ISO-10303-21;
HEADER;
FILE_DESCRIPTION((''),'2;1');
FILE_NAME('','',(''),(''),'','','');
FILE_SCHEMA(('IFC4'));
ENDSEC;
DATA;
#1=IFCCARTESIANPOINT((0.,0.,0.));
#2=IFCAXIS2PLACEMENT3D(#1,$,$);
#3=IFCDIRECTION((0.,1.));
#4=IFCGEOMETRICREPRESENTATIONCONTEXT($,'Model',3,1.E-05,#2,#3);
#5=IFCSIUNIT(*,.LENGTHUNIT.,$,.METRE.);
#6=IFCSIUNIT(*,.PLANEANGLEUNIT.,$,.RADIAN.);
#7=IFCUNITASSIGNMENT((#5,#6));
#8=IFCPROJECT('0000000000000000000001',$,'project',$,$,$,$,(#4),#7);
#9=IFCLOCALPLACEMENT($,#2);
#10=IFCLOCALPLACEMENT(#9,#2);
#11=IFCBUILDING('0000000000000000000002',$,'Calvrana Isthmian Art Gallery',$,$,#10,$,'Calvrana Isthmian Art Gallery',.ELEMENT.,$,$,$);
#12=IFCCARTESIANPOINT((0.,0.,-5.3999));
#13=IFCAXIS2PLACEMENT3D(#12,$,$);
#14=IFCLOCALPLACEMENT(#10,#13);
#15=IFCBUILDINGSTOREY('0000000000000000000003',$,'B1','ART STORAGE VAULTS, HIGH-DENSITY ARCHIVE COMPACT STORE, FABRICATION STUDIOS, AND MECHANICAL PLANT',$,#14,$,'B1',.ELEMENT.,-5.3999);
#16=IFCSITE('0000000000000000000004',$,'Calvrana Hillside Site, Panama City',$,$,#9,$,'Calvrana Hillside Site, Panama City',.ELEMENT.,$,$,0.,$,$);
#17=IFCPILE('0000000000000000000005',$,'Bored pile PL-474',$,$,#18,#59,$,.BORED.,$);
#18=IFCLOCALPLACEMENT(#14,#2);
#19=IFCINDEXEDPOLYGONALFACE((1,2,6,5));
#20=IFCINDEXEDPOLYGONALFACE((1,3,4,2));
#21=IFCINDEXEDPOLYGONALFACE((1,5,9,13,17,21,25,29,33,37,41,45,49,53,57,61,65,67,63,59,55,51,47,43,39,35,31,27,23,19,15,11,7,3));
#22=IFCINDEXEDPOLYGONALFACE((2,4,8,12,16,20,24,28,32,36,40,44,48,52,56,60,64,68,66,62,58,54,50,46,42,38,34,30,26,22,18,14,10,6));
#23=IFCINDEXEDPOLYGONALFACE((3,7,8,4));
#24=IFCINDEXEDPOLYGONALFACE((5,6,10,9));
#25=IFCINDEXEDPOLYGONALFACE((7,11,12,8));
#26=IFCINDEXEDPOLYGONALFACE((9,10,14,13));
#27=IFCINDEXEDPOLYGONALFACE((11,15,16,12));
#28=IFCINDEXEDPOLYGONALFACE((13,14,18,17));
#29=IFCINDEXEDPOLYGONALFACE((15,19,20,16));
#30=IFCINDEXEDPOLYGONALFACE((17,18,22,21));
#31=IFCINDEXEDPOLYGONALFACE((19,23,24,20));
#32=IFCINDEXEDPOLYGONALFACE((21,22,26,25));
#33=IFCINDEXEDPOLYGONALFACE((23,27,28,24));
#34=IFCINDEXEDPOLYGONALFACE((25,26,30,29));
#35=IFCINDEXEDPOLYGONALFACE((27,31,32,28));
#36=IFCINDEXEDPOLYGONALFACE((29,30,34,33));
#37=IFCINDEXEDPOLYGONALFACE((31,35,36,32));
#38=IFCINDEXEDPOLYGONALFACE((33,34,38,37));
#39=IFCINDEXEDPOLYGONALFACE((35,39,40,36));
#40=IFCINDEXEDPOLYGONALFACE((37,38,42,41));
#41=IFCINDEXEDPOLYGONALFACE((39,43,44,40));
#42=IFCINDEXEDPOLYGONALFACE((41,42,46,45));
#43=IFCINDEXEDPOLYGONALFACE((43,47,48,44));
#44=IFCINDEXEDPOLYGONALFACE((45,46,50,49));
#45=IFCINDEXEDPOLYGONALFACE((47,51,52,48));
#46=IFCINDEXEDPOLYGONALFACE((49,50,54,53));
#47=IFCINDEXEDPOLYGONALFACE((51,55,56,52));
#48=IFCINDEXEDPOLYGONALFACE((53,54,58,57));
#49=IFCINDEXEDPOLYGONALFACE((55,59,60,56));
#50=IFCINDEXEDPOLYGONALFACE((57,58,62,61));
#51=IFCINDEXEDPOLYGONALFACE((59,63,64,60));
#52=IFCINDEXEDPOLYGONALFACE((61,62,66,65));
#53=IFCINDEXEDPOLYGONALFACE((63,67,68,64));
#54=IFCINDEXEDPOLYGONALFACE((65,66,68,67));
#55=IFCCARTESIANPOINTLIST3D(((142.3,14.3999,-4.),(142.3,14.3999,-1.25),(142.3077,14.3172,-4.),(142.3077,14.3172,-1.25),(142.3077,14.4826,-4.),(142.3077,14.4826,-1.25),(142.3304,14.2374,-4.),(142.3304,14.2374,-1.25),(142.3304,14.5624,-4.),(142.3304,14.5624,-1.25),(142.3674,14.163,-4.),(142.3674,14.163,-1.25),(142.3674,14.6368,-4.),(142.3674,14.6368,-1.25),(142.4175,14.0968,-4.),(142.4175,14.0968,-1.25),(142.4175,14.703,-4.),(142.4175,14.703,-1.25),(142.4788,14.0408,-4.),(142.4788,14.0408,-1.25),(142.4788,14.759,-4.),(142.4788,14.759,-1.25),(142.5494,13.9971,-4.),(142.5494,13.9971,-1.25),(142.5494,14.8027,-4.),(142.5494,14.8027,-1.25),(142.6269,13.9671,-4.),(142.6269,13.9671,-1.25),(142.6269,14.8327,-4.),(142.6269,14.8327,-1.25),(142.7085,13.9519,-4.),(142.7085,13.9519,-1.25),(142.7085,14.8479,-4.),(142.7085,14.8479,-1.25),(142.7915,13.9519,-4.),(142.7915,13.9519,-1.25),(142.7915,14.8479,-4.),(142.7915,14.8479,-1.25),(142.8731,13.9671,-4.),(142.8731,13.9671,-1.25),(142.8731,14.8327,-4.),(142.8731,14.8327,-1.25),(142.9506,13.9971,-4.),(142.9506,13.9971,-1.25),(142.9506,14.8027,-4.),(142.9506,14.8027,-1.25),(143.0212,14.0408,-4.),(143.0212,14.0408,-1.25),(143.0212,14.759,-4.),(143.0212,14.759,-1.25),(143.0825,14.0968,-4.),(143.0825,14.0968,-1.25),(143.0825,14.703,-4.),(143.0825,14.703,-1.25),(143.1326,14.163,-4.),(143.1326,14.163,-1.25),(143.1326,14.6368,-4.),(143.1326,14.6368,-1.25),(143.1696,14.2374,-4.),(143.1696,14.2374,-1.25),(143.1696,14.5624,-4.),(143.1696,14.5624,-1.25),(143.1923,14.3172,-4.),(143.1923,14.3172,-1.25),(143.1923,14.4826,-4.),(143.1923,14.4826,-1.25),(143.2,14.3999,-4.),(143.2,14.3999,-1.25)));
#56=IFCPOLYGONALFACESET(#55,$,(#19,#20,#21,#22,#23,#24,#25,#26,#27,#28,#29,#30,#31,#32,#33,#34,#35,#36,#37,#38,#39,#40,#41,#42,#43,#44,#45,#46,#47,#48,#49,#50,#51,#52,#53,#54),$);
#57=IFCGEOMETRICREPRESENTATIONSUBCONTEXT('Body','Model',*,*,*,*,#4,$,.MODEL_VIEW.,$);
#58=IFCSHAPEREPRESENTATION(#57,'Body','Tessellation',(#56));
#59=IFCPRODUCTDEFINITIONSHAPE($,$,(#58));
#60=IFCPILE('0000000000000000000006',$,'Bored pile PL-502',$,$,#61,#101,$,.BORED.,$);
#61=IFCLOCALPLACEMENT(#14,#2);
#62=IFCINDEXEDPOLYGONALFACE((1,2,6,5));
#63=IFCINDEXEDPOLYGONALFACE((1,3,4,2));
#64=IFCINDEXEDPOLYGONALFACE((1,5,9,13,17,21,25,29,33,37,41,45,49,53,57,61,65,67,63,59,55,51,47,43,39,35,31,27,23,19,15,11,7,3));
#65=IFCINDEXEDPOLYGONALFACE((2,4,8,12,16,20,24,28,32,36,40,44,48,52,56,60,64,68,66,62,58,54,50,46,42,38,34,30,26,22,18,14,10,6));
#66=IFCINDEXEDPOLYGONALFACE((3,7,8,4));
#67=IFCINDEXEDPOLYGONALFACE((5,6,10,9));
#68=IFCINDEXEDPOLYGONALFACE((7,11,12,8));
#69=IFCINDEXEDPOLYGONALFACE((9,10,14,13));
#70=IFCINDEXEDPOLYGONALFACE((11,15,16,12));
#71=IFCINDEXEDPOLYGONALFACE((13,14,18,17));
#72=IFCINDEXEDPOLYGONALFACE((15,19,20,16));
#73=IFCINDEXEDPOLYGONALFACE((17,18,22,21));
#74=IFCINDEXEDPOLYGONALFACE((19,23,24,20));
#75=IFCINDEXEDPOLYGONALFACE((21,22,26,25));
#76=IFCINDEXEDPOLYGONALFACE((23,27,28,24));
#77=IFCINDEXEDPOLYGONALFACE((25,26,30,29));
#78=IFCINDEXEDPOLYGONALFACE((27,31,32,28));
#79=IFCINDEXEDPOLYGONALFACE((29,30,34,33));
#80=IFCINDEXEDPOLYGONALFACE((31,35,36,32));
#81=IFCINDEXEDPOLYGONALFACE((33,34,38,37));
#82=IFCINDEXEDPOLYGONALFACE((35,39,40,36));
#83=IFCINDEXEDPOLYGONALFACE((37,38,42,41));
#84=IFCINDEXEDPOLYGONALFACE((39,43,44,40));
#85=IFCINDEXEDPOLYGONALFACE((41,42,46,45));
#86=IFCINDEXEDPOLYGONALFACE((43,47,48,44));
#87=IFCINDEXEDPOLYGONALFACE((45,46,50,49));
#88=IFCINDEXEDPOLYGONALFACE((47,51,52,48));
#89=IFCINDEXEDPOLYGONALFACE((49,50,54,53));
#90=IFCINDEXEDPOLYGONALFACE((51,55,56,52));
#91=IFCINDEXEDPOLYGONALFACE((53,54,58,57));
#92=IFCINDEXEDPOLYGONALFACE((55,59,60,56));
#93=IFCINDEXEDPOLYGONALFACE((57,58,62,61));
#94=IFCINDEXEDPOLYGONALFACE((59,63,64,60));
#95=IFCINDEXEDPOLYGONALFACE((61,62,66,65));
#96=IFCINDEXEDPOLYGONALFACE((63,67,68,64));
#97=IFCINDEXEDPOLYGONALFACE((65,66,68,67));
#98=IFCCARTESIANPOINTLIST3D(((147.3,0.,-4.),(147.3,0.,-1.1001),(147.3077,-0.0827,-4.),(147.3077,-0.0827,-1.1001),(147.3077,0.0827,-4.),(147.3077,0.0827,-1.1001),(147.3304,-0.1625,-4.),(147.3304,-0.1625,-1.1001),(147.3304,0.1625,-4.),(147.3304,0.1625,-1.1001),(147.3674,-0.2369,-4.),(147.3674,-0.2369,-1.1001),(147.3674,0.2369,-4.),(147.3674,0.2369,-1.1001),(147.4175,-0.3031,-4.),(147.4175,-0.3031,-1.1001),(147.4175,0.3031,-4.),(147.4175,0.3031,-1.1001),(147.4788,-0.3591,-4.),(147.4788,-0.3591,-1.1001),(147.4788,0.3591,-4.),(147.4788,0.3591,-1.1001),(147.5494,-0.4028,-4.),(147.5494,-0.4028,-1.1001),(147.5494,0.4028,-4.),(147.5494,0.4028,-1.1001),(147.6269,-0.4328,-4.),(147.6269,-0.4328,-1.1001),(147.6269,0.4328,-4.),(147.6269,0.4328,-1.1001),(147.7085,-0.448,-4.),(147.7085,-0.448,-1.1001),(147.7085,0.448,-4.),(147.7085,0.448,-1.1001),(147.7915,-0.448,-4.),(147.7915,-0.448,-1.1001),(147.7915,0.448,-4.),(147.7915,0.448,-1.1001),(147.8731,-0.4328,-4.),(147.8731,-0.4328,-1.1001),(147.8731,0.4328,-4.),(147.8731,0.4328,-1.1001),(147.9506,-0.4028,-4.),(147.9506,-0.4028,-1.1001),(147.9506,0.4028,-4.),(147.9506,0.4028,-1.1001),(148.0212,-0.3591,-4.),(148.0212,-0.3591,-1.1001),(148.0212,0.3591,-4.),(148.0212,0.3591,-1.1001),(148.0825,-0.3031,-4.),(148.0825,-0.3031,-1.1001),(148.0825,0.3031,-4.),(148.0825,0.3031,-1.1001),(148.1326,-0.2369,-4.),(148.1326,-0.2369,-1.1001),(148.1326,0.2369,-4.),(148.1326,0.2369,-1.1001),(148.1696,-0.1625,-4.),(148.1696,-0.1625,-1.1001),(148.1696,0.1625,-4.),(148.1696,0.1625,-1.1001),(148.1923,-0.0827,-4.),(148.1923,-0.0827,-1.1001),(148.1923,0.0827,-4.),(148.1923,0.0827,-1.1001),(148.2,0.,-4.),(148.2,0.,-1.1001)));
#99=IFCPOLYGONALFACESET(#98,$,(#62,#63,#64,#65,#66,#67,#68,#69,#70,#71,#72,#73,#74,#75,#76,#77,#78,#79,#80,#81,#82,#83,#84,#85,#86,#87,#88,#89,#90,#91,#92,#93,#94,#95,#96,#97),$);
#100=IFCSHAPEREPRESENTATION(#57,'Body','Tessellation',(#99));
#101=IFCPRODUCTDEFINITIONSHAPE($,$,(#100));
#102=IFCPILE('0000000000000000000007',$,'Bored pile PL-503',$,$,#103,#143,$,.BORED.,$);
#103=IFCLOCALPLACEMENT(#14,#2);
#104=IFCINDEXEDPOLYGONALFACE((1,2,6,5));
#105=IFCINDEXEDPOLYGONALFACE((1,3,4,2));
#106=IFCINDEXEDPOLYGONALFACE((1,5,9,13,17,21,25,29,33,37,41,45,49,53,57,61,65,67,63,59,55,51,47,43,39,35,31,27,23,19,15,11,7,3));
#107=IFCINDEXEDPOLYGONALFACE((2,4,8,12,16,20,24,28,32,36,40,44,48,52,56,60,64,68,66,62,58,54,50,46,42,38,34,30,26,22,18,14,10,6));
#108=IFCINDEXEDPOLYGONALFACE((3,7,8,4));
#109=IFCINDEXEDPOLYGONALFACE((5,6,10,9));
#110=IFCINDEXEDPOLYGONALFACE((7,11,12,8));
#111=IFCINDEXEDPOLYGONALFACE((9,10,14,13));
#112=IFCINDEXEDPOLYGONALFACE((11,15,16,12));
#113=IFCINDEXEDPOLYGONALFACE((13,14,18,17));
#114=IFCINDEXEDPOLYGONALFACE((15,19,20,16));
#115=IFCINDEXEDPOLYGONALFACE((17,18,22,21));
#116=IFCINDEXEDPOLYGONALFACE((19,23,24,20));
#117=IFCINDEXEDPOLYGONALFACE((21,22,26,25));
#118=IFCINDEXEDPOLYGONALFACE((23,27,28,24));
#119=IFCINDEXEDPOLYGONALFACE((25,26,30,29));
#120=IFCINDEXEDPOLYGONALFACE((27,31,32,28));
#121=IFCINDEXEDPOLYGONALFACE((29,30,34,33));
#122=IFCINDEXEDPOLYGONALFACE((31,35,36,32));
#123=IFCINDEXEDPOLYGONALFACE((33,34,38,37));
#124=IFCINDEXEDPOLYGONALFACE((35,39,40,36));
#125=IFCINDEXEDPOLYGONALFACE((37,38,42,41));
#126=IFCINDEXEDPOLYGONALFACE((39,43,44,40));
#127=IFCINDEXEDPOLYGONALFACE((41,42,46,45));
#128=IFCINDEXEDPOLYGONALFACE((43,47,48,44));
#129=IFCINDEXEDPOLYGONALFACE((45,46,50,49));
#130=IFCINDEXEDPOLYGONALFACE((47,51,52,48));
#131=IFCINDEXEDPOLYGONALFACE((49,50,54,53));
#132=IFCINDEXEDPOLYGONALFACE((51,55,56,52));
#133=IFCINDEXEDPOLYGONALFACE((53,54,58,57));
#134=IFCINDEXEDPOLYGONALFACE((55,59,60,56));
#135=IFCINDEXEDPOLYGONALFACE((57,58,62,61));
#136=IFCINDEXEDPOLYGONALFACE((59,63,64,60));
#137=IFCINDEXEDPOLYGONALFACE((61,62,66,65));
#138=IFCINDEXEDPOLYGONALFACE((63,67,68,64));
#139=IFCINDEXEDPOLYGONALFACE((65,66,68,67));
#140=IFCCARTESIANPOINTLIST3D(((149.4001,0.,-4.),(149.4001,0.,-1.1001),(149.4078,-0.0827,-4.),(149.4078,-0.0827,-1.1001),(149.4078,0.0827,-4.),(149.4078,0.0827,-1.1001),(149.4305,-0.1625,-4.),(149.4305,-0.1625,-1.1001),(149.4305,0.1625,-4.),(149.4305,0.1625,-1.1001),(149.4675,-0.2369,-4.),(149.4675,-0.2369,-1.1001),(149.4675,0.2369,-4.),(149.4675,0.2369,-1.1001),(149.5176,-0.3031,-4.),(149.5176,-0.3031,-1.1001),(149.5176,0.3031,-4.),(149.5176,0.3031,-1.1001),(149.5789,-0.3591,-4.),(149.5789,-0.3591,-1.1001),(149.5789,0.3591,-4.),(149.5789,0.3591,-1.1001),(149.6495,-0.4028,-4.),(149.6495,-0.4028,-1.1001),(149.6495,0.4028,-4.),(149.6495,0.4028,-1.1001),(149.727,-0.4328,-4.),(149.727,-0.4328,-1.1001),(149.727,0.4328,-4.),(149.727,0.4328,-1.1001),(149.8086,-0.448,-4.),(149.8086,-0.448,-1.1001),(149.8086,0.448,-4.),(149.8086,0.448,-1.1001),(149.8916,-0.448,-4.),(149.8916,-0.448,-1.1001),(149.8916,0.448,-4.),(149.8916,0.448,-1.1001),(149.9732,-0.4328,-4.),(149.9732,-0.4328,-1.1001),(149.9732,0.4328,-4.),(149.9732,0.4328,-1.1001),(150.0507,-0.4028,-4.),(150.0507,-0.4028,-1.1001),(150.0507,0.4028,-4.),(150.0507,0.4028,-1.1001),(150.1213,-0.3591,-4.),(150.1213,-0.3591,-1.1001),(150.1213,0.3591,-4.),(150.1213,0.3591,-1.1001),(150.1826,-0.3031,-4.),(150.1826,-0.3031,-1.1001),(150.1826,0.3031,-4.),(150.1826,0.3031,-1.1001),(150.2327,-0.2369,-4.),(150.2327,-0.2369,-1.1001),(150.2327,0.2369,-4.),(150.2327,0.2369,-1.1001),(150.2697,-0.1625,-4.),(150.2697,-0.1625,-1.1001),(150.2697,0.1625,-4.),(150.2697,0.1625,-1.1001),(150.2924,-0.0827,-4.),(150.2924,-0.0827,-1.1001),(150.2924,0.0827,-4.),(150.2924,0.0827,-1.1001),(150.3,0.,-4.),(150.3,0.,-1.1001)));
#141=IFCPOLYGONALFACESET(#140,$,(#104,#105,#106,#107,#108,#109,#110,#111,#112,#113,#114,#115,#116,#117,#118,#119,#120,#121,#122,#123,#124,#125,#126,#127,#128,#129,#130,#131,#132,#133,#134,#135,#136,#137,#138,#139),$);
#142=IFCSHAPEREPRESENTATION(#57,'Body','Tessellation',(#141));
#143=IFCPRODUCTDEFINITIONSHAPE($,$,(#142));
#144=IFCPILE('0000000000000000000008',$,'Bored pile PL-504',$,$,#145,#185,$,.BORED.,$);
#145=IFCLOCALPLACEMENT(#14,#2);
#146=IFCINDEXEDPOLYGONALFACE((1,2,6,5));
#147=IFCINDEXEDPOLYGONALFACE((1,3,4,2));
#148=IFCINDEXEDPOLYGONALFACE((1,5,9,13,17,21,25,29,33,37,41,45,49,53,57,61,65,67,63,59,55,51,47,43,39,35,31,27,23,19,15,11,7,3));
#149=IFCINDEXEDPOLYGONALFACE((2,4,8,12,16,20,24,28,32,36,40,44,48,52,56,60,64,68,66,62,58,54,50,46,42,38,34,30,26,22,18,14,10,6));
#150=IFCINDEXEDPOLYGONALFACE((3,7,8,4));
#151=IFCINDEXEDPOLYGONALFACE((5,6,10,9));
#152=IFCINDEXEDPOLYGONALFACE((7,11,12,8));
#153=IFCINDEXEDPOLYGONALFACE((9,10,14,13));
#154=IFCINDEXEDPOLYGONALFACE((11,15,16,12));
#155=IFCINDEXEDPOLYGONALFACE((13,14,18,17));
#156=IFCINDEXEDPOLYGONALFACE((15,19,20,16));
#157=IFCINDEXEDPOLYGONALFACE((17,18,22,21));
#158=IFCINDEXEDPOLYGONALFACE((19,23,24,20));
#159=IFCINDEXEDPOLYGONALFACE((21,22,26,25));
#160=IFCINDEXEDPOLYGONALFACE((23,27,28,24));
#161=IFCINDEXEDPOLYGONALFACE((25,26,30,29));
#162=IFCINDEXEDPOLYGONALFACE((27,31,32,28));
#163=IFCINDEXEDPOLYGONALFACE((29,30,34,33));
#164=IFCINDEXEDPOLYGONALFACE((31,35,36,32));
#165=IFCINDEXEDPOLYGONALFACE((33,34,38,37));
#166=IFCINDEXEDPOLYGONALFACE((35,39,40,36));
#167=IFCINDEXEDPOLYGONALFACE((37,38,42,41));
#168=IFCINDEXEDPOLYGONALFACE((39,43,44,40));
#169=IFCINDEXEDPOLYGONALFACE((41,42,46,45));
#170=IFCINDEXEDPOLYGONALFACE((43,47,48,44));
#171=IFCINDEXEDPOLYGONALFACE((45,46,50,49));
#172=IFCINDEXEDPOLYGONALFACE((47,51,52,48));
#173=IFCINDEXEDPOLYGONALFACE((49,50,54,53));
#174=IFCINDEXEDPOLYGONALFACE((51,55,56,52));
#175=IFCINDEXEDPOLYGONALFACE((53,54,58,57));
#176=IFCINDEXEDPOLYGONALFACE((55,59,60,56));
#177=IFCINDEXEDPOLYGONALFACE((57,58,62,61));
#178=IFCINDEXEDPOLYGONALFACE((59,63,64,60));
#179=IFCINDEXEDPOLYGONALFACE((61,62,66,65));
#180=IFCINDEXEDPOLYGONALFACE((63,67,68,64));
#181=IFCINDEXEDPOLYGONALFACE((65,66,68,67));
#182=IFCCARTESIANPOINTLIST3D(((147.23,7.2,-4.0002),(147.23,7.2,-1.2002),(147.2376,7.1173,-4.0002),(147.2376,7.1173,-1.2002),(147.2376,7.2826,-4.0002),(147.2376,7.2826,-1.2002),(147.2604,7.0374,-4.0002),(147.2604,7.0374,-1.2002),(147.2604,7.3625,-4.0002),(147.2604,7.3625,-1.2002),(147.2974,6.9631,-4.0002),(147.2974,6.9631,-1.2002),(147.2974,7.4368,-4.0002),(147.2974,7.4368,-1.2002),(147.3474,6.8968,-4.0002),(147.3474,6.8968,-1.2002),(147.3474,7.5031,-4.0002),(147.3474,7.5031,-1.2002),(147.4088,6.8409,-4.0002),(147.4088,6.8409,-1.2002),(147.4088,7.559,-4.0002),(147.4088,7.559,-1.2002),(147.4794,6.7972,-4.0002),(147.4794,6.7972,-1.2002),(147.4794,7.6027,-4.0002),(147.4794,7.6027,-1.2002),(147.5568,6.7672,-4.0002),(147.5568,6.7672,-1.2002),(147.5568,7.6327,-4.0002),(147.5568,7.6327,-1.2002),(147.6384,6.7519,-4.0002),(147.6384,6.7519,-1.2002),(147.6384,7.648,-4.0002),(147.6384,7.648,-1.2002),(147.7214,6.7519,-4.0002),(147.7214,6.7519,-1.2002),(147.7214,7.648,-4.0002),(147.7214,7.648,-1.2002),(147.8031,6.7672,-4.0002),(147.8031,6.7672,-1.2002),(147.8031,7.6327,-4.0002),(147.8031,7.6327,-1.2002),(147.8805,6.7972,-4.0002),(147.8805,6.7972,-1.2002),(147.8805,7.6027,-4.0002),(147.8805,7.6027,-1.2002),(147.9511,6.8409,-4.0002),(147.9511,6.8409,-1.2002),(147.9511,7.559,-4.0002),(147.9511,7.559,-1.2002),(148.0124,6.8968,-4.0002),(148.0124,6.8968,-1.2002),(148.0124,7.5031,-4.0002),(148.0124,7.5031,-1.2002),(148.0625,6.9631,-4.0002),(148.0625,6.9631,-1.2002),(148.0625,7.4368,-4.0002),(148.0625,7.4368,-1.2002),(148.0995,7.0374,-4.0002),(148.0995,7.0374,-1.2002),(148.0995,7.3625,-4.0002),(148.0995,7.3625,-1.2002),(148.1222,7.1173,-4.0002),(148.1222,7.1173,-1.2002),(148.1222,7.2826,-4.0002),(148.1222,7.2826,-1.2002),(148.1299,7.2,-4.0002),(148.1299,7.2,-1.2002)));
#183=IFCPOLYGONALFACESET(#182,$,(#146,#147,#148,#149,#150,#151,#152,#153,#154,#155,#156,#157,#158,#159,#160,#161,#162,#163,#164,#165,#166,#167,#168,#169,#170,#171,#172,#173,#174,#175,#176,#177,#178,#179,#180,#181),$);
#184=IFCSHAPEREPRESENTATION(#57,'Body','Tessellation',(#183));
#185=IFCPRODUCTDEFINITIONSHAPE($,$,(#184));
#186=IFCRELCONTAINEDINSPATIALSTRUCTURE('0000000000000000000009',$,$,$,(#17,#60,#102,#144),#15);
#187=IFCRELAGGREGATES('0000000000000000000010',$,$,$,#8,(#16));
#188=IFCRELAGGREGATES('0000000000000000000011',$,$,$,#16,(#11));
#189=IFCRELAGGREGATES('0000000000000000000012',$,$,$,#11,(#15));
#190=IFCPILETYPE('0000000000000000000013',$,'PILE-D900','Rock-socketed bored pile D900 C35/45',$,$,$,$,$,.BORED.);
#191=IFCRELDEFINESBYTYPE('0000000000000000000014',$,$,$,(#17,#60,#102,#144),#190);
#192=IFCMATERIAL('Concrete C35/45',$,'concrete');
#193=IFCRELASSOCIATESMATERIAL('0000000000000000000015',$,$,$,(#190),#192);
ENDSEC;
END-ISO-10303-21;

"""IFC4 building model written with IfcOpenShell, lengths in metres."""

from ifc_helpers import new_model, si_unit, direction, frame, origin, origin_2d, place, context, subcontext, project, spatial, circle, extrude, material, material_profile, profile_set, type_object, element, save


model = new_model("IFC4")

# Units and contexts
model_context = context("Model", 3, precision=1e-05, world=origin(), true_north=direction((0.0, 1.0)))
body_context = subcontext(model_context, "Body", "Model", "MODEL_VIEW")
ifc_project = project(units=[si_unit("LENGTHUNIT", "METRE"), si_unit("PLANEANGLEUNIT", "RADIAN")], contexts=[model_context])

# Site, building, storey
site_placement = place(None, origin())
site = spatial("IfcSite", under=ifc_project, at=site_placement, Name="Calvrana Hillside Site, Panama City", LongName="Calvrana Hillside Site, Panama City", CompositionType="ELEMENT", RefElevation=0.0)
building_placement = place(site_placement, origin())
building = spatial("IfcBuilding", under=site, at=building_placement, Name="Calvrana Isthmian Art Gallery", LongName="Calvrana Isthmian Art Gallery", CompositionType="ELEMENT")
storey_placement = place(building_placement, frame((0.0, 0.0, -5.3999)))
storey = spatial("IfcBuildingStorey", under=building, at=storey_placement, Name="B1", Description="ART STORAGE VAULTS, HIGH-DENSITY ARCHIVE COMPACT STORE, FABRICATION STUDIOS, AND MECHANICAL PLANT", LongName="B1", CompositionType="ELEMENT", Elevation=-5.3999)

# Shared definitions
ifc_material_1 = material(Name="Concrete C35/45", Category="concrete")

# Piles
ifc_material_profile_1 = material_profile(ifc_material_1, circle(Radius=0.45, at=origin_2d()), Name="PILE900D")
ifc_profile_set_1 = profile_set([ifc_material_profile_1], Name="Concrete C35/45")
pile_type_1 = type_object("IfcPileType", Name="PILE-D900", Description="Rock-socketed bored pile D900 C35/45", PredefinedType="BORED", material=ifc_profile_set_1)
for number, where, z_axis, x_axis, name in (
    (1, (142.75, 14.3999, -1.25), (0.0, 0.0, -1.0), (1.0, 0.0, 0.0), "Bored pile PL-474"),
):
    element("IfcPile", number, at=place(storey_placement, frame(where, z_axis=z_axis, x_axis=x_axis)), inside=storey, type_object=pile_type_1, Name=name, PredefinedType="BORED", context=body_context, shape_type="SweptSolid", body=[
        extrude(circle(Radius=0.45, at=origin_2d()), origin(), (0.0, 0.0, 1.0), 2.75),
    ])
for number, where, z_axis, x_axis, name in (
    (2, (147.75, 0.0, -1.1001), (0.0, 0.0, -1.0), (1.0, 0.0, 0.0), "Bored pile PL-502"),
    (3, (149.8501, 0.0, -1.1001), (0.0, 0.0, -1.0), (1.0, 0.0, 0.0), "Bored pile PL-503"),
):
    element("IfcPile", number, at=place(storey_placement, frame(where, z_axis=z_axis, x_axis=x_axis)), inside=storey, type_object=pile_type_1, Name=name, PredefinedType="BORED", context=body_context, shape_type="SweptSolid", body=[
        extrude(circle(Radius=0.45, at=origin_2d()), origin(), (0.0, 0.0, 1.0), 2.8999),
    ])
for number, where, z_axis, x_axis, name in (
    (4, (147.6799, 7.2, -1.2002), (0.0, 0.0, -1.0), (1.0, 0.0, 0.0), "Bored pile PL-504"),
):
    element("IfcPile", number, at=place(storey_placement, frame(where, z_axis=z_axis, x_axis=x_axis)), inside=storey, type_object=pile_type_1, Name=name, PredefinedType="BORED", context=body_context, shape_type="SweptSolid", body=[
        extrude(circle(Radius=0.45, at=origin_2d()), origin(), (0.0, 0.0, 1.0), 2.8),
    ])

save(model, "model.ifc")
